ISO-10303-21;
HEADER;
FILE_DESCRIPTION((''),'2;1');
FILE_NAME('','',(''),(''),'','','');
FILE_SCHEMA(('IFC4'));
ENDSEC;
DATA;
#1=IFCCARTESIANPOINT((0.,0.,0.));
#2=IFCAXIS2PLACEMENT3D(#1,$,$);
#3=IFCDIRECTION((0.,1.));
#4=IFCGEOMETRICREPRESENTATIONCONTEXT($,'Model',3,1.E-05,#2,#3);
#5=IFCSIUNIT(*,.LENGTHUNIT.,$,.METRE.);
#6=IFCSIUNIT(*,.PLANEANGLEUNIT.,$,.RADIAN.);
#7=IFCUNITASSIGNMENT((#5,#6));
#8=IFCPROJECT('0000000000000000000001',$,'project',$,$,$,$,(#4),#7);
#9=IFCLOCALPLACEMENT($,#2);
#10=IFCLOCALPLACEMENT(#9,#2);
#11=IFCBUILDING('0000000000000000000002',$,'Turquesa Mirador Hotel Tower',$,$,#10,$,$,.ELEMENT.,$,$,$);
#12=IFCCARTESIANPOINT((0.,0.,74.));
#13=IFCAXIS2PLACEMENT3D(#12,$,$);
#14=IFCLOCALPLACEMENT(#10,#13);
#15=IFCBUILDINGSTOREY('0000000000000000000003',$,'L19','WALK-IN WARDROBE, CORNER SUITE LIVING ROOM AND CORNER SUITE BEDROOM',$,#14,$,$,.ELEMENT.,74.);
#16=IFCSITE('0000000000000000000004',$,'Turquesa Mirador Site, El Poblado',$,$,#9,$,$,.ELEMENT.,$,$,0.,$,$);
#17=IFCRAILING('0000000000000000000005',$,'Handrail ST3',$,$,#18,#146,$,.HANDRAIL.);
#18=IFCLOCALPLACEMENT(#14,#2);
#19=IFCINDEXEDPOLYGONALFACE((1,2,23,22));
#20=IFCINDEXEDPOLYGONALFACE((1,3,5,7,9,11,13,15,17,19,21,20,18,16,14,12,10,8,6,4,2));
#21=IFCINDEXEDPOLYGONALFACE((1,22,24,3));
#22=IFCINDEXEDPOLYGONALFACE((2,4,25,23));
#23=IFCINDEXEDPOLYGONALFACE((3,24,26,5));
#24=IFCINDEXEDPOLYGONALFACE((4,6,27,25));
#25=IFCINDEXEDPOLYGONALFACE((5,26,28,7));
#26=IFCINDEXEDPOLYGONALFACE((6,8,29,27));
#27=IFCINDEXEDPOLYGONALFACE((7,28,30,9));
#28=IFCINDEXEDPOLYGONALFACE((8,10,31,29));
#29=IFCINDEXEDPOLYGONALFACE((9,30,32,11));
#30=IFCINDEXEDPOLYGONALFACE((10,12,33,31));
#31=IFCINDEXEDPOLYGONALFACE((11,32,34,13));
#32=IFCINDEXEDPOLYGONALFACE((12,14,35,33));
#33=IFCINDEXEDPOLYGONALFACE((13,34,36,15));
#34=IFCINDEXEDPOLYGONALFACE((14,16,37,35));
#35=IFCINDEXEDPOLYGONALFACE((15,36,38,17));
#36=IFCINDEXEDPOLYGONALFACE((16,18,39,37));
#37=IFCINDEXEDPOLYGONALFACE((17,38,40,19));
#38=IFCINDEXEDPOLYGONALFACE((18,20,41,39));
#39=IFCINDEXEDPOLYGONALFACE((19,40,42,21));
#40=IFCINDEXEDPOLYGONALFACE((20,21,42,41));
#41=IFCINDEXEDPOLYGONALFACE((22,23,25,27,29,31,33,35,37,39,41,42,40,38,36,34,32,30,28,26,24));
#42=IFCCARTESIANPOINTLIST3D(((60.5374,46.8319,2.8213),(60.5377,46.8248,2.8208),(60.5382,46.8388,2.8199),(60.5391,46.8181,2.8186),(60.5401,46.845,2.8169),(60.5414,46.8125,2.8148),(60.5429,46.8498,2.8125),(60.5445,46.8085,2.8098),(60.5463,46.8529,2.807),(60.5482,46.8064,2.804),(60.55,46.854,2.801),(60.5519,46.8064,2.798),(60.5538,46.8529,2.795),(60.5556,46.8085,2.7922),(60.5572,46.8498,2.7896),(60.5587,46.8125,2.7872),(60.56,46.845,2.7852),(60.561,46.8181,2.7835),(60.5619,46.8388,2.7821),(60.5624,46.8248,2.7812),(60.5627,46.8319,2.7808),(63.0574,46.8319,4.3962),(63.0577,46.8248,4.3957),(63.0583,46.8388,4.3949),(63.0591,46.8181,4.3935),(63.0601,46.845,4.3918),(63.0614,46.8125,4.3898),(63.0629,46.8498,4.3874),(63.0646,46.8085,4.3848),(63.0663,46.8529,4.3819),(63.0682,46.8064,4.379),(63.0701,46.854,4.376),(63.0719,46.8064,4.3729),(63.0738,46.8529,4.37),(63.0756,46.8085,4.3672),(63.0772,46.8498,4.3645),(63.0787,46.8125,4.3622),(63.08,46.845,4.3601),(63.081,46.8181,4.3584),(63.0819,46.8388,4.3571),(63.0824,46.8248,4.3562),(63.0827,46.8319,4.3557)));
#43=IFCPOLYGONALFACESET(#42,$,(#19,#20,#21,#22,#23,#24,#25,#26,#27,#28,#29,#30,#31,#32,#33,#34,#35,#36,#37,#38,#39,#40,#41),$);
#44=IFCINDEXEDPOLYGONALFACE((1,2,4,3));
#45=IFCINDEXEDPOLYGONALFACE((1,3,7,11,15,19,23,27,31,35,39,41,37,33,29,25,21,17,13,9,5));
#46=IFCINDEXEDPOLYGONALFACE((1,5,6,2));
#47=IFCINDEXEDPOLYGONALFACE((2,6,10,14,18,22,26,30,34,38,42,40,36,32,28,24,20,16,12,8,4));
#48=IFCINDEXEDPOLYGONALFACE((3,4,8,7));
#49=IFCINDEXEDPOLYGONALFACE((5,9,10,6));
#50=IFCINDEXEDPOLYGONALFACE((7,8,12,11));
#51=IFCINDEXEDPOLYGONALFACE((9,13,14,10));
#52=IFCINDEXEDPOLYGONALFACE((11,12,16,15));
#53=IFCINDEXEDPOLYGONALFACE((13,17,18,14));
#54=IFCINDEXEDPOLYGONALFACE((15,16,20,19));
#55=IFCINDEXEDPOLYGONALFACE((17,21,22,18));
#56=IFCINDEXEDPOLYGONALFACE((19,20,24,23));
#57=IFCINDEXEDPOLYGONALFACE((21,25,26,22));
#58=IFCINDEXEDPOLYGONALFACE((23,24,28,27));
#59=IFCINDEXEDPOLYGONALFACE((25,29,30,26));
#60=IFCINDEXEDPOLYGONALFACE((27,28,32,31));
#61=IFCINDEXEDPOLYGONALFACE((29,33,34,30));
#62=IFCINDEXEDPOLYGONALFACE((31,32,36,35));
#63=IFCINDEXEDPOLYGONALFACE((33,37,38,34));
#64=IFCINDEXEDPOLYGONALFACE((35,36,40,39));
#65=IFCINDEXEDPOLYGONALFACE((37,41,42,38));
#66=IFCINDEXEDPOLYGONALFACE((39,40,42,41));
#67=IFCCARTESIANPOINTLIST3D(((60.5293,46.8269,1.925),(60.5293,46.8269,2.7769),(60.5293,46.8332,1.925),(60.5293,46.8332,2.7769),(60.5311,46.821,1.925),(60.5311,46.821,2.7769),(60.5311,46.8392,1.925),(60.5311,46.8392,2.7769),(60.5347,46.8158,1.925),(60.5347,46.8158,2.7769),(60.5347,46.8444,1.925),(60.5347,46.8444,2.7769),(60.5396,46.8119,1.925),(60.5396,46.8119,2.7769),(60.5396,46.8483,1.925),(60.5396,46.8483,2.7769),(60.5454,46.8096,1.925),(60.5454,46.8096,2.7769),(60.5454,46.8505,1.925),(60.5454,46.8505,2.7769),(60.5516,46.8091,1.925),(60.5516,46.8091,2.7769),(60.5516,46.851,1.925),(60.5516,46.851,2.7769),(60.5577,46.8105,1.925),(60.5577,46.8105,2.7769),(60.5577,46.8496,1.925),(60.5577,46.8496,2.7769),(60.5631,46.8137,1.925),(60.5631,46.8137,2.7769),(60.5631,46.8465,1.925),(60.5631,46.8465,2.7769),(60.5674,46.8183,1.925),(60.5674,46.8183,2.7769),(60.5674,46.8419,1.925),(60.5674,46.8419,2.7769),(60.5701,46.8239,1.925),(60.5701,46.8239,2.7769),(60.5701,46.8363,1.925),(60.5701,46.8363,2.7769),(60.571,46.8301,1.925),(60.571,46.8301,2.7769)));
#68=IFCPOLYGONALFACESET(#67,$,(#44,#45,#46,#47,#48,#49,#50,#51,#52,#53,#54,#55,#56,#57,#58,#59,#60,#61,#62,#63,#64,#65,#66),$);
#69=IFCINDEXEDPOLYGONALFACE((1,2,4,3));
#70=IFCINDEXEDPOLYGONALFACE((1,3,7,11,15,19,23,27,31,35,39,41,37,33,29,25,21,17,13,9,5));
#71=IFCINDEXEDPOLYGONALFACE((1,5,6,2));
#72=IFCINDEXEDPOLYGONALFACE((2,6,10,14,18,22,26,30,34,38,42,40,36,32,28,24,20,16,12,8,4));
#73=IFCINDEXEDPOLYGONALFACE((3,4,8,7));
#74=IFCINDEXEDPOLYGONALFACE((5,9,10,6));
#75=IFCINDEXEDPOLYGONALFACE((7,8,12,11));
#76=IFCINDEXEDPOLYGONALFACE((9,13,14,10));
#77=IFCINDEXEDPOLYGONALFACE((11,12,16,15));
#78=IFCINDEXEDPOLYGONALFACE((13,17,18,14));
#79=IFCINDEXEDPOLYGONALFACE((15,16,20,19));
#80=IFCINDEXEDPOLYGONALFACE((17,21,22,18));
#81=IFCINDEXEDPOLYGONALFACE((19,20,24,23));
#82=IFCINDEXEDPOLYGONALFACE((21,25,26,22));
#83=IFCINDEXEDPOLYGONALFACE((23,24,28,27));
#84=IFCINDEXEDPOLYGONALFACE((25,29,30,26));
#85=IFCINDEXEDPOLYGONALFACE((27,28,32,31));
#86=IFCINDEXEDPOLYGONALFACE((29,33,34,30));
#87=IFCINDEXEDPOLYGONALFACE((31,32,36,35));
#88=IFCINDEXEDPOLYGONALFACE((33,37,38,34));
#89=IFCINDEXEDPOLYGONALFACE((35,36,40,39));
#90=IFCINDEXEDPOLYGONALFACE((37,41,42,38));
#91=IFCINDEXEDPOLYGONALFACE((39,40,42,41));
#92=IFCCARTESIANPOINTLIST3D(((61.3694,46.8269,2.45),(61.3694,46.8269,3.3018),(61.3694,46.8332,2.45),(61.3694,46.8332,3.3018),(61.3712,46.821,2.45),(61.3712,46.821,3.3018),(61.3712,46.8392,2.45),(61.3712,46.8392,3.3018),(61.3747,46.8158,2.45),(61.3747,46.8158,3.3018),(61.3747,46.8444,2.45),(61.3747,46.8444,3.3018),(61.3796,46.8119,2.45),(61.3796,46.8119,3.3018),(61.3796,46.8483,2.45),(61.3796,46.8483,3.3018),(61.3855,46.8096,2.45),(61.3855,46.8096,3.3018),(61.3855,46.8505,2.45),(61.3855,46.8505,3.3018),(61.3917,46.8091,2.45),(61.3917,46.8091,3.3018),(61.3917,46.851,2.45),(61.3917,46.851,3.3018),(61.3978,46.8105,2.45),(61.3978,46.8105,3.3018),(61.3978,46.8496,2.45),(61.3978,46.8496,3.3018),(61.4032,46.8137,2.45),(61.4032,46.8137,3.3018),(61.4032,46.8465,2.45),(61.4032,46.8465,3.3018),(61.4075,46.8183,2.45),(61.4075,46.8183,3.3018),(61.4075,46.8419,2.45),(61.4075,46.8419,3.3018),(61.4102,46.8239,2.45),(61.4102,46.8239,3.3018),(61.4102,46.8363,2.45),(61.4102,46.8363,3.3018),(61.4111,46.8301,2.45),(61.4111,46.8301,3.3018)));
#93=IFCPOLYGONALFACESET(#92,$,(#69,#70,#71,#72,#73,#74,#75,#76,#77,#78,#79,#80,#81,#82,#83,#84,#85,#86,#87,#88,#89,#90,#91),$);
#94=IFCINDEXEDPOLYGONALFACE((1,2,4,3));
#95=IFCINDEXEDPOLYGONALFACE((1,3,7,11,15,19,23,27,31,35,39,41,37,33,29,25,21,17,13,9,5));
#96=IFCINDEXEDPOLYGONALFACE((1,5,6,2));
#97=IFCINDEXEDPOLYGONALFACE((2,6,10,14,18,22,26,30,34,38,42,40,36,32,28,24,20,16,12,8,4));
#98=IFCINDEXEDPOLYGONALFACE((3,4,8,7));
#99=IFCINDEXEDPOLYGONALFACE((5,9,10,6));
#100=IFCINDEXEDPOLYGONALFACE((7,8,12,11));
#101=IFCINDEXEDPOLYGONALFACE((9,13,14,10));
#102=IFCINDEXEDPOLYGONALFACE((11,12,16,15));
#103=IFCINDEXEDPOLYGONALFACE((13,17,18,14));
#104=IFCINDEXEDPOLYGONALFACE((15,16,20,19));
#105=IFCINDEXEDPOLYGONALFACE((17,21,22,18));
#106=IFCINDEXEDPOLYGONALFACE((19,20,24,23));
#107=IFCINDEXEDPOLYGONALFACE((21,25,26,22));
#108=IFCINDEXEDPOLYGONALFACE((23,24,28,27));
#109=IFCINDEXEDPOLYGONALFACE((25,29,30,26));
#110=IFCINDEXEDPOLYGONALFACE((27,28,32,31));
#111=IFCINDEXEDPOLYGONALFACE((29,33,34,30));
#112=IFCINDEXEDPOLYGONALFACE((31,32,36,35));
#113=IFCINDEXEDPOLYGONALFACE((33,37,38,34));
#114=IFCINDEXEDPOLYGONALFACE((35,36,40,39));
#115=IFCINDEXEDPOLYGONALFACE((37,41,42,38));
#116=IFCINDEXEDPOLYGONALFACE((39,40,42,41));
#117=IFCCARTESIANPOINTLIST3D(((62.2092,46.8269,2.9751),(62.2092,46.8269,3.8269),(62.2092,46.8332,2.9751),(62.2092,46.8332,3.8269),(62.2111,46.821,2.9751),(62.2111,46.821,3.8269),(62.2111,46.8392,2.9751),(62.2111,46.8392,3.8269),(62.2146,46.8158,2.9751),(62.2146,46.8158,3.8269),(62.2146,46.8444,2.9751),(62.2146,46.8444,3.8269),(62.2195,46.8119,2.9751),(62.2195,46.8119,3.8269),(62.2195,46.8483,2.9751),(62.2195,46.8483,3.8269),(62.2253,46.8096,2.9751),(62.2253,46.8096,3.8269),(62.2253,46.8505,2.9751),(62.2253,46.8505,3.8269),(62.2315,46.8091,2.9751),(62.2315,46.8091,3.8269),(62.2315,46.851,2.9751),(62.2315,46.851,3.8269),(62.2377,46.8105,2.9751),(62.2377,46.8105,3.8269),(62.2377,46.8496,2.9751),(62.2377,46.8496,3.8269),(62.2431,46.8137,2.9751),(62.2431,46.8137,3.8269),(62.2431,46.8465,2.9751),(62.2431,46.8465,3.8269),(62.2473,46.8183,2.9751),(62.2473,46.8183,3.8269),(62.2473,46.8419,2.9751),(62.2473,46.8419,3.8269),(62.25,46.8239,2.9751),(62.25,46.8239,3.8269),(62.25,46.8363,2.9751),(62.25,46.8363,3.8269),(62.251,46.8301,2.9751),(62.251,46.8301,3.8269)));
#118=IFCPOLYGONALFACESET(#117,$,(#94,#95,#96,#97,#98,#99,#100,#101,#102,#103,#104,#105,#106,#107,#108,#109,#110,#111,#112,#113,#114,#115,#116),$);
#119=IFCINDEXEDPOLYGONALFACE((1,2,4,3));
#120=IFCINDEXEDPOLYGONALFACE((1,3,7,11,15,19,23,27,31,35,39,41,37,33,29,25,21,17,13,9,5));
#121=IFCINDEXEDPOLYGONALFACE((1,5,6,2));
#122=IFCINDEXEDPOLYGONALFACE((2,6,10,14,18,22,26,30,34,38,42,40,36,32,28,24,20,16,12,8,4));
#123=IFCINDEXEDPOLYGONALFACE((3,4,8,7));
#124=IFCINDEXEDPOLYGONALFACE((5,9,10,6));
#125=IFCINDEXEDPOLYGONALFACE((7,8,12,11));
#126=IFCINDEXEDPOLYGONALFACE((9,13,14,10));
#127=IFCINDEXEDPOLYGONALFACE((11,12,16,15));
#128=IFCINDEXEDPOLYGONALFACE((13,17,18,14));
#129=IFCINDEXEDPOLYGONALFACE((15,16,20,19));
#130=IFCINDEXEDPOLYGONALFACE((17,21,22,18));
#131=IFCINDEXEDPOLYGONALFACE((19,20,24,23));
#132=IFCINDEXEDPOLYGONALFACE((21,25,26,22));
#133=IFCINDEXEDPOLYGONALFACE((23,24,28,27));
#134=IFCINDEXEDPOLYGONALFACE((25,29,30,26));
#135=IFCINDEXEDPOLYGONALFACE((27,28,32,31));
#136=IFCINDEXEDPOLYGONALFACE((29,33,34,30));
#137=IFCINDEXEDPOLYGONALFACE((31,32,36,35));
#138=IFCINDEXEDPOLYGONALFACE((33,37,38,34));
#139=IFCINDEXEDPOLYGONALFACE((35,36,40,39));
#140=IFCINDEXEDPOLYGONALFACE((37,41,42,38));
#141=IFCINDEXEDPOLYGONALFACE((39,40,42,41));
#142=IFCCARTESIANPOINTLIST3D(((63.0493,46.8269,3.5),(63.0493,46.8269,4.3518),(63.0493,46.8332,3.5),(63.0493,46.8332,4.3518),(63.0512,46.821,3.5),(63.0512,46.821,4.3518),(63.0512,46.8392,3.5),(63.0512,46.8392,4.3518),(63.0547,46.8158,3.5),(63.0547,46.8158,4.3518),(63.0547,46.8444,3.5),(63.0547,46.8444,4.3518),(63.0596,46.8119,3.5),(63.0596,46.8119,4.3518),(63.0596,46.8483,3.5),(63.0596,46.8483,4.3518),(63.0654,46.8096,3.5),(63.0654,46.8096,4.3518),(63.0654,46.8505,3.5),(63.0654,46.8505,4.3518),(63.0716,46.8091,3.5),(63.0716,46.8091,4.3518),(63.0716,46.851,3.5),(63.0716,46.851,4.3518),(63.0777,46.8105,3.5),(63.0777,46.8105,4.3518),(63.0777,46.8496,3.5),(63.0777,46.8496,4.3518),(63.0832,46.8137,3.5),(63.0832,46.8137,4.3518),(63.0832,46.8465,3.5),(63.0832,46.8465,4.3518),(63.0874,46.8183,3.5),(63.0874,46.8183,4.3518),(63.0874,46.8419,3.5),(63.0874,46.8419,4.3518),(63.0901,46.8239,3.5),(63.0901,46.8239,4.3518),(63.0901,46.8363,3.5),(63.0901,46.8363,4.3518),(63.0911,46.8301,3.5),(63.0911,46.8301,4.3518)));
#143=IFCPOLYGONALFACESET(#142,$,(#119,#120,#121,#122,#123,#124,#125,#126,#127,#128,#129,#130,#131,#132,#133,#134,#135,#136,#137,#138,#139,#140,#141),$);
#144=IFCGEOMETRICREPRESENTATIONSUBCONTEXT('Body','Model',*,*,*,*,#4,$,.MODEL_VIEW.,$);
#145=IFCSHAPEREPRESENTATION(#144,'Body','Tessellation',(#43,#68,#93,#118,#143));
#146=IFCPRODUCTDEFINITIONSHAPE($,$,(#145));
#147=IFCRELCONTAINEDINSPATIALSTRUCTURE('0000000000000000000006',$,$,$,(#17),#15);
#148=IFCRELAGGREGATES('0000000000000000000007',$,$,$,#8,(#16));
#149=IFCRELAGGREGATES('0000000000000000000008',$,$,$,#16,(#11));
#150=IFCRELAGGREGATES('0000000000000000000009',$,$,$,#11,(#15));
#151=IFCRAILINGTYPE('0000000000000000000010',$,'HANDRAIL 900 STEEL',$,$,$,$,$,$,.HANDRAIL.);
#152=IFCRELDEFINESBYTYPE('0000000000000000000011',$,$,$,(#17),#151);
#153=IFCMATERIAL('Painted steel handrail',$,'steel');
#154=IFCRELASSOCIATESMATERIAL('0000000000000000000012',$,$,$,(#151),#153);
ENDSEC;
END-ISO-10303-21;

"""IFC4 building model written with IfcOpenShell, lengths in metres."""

from ifc_helpers import new_model, si_unit, direction, frame, origin, origin_2d, place, context, subcontext, project, spatial, circle, extrude, material, type_object, element, save


model = new_model("IFC4")

# Units and contexts
model_context = context("Model", 3, precision=1e-05, world=origin(), true_north=direction((0.0, 1.0)))
body_context = subcontext(model_context, "Body", "Model", "MODEL_VIEW")
ifc_project = project(units=[si_unit("LENGTHUNIT", "METRE"), si_unit("PLANEANGLEUNIT", "RADIAN")], contexts=[model_context])

# Site, building, storey
site_placement = place(None, origin())
site = spatial("IfcSite", under=ifc_project, at=site_placement, Name="Turquesa Mirador Site, El Poblado", CompositionType="ELEMENT", RefElevation=0.0)
building_placement = place(site_placement, origin())
building = spatial("IfcBuilding", under=site, at=building_placement, Name="Turquesa Mirador Hotel Tower", CompositionType="ELEMENT")
storey_placement = place(building_placement, frame((0.0, 0.0, 74.0)))
storey = spatial("IfcBuildingStorey", under=building, at=storey_placement, Name="L19", Description="WALK-IN WARDROBE, CORNER SUITE LIVING ROOM AND CORNER SUITE BEDROOM", CompositionType="ELEMENT", Elevation=74.0)

# Railing
ifc_material_1 = material(Name="Painted steel handrail", Category="steel")
railing_type = type_object("IfcRailingType", Name="HANDRAIL 900 STEEL", PredefinedType="HANDRAIL", material=ifc_material_1)
railing_1_placement = place(storey_placement, frame((60.55, 46.8301, 1.925)))
element("IfcRailing", 1, at=railing_1_placement, inside=storey, type_object=railing_type, Name="Handrail ST3", PredefinedType="HANDRAIL", context=body_context, shape_type="SweptSolid", body=[
    extrude(circle(Radius=0.0239, at=origin_2d()), frame((0.0, 0.0, 0.876), z_axis=(0.848008, 0.0, 0.529984), x_axis=(0.0, 1.0, 0.0)), (0.0, 0.0, 1.0), 2.9717),
    extrude(circle(Radius=0.021, at=origin_2d()), origin(), (0.0, 0.0, 1.0), 0.8518),
    extrude(circle(Radius=0.021, at=origin_2d()), frame((0.8401, 0.0, 0.5249)), (0.0, 0.0, 1.0), 0.8518),
    extrude(circle(Radius=0.021, at=origin_2d()), frame((1.6799, 0.0, 1.05)), (0.0, 0.0, 1.0), 0.8518),
    extrude(circle(Radius=0.021, at=origin_2d()), frame((2.52, 0.0, 1.575)), (0.0, 0.0, 1.0), 0.8518),
])

save(model, "model.ifc")
